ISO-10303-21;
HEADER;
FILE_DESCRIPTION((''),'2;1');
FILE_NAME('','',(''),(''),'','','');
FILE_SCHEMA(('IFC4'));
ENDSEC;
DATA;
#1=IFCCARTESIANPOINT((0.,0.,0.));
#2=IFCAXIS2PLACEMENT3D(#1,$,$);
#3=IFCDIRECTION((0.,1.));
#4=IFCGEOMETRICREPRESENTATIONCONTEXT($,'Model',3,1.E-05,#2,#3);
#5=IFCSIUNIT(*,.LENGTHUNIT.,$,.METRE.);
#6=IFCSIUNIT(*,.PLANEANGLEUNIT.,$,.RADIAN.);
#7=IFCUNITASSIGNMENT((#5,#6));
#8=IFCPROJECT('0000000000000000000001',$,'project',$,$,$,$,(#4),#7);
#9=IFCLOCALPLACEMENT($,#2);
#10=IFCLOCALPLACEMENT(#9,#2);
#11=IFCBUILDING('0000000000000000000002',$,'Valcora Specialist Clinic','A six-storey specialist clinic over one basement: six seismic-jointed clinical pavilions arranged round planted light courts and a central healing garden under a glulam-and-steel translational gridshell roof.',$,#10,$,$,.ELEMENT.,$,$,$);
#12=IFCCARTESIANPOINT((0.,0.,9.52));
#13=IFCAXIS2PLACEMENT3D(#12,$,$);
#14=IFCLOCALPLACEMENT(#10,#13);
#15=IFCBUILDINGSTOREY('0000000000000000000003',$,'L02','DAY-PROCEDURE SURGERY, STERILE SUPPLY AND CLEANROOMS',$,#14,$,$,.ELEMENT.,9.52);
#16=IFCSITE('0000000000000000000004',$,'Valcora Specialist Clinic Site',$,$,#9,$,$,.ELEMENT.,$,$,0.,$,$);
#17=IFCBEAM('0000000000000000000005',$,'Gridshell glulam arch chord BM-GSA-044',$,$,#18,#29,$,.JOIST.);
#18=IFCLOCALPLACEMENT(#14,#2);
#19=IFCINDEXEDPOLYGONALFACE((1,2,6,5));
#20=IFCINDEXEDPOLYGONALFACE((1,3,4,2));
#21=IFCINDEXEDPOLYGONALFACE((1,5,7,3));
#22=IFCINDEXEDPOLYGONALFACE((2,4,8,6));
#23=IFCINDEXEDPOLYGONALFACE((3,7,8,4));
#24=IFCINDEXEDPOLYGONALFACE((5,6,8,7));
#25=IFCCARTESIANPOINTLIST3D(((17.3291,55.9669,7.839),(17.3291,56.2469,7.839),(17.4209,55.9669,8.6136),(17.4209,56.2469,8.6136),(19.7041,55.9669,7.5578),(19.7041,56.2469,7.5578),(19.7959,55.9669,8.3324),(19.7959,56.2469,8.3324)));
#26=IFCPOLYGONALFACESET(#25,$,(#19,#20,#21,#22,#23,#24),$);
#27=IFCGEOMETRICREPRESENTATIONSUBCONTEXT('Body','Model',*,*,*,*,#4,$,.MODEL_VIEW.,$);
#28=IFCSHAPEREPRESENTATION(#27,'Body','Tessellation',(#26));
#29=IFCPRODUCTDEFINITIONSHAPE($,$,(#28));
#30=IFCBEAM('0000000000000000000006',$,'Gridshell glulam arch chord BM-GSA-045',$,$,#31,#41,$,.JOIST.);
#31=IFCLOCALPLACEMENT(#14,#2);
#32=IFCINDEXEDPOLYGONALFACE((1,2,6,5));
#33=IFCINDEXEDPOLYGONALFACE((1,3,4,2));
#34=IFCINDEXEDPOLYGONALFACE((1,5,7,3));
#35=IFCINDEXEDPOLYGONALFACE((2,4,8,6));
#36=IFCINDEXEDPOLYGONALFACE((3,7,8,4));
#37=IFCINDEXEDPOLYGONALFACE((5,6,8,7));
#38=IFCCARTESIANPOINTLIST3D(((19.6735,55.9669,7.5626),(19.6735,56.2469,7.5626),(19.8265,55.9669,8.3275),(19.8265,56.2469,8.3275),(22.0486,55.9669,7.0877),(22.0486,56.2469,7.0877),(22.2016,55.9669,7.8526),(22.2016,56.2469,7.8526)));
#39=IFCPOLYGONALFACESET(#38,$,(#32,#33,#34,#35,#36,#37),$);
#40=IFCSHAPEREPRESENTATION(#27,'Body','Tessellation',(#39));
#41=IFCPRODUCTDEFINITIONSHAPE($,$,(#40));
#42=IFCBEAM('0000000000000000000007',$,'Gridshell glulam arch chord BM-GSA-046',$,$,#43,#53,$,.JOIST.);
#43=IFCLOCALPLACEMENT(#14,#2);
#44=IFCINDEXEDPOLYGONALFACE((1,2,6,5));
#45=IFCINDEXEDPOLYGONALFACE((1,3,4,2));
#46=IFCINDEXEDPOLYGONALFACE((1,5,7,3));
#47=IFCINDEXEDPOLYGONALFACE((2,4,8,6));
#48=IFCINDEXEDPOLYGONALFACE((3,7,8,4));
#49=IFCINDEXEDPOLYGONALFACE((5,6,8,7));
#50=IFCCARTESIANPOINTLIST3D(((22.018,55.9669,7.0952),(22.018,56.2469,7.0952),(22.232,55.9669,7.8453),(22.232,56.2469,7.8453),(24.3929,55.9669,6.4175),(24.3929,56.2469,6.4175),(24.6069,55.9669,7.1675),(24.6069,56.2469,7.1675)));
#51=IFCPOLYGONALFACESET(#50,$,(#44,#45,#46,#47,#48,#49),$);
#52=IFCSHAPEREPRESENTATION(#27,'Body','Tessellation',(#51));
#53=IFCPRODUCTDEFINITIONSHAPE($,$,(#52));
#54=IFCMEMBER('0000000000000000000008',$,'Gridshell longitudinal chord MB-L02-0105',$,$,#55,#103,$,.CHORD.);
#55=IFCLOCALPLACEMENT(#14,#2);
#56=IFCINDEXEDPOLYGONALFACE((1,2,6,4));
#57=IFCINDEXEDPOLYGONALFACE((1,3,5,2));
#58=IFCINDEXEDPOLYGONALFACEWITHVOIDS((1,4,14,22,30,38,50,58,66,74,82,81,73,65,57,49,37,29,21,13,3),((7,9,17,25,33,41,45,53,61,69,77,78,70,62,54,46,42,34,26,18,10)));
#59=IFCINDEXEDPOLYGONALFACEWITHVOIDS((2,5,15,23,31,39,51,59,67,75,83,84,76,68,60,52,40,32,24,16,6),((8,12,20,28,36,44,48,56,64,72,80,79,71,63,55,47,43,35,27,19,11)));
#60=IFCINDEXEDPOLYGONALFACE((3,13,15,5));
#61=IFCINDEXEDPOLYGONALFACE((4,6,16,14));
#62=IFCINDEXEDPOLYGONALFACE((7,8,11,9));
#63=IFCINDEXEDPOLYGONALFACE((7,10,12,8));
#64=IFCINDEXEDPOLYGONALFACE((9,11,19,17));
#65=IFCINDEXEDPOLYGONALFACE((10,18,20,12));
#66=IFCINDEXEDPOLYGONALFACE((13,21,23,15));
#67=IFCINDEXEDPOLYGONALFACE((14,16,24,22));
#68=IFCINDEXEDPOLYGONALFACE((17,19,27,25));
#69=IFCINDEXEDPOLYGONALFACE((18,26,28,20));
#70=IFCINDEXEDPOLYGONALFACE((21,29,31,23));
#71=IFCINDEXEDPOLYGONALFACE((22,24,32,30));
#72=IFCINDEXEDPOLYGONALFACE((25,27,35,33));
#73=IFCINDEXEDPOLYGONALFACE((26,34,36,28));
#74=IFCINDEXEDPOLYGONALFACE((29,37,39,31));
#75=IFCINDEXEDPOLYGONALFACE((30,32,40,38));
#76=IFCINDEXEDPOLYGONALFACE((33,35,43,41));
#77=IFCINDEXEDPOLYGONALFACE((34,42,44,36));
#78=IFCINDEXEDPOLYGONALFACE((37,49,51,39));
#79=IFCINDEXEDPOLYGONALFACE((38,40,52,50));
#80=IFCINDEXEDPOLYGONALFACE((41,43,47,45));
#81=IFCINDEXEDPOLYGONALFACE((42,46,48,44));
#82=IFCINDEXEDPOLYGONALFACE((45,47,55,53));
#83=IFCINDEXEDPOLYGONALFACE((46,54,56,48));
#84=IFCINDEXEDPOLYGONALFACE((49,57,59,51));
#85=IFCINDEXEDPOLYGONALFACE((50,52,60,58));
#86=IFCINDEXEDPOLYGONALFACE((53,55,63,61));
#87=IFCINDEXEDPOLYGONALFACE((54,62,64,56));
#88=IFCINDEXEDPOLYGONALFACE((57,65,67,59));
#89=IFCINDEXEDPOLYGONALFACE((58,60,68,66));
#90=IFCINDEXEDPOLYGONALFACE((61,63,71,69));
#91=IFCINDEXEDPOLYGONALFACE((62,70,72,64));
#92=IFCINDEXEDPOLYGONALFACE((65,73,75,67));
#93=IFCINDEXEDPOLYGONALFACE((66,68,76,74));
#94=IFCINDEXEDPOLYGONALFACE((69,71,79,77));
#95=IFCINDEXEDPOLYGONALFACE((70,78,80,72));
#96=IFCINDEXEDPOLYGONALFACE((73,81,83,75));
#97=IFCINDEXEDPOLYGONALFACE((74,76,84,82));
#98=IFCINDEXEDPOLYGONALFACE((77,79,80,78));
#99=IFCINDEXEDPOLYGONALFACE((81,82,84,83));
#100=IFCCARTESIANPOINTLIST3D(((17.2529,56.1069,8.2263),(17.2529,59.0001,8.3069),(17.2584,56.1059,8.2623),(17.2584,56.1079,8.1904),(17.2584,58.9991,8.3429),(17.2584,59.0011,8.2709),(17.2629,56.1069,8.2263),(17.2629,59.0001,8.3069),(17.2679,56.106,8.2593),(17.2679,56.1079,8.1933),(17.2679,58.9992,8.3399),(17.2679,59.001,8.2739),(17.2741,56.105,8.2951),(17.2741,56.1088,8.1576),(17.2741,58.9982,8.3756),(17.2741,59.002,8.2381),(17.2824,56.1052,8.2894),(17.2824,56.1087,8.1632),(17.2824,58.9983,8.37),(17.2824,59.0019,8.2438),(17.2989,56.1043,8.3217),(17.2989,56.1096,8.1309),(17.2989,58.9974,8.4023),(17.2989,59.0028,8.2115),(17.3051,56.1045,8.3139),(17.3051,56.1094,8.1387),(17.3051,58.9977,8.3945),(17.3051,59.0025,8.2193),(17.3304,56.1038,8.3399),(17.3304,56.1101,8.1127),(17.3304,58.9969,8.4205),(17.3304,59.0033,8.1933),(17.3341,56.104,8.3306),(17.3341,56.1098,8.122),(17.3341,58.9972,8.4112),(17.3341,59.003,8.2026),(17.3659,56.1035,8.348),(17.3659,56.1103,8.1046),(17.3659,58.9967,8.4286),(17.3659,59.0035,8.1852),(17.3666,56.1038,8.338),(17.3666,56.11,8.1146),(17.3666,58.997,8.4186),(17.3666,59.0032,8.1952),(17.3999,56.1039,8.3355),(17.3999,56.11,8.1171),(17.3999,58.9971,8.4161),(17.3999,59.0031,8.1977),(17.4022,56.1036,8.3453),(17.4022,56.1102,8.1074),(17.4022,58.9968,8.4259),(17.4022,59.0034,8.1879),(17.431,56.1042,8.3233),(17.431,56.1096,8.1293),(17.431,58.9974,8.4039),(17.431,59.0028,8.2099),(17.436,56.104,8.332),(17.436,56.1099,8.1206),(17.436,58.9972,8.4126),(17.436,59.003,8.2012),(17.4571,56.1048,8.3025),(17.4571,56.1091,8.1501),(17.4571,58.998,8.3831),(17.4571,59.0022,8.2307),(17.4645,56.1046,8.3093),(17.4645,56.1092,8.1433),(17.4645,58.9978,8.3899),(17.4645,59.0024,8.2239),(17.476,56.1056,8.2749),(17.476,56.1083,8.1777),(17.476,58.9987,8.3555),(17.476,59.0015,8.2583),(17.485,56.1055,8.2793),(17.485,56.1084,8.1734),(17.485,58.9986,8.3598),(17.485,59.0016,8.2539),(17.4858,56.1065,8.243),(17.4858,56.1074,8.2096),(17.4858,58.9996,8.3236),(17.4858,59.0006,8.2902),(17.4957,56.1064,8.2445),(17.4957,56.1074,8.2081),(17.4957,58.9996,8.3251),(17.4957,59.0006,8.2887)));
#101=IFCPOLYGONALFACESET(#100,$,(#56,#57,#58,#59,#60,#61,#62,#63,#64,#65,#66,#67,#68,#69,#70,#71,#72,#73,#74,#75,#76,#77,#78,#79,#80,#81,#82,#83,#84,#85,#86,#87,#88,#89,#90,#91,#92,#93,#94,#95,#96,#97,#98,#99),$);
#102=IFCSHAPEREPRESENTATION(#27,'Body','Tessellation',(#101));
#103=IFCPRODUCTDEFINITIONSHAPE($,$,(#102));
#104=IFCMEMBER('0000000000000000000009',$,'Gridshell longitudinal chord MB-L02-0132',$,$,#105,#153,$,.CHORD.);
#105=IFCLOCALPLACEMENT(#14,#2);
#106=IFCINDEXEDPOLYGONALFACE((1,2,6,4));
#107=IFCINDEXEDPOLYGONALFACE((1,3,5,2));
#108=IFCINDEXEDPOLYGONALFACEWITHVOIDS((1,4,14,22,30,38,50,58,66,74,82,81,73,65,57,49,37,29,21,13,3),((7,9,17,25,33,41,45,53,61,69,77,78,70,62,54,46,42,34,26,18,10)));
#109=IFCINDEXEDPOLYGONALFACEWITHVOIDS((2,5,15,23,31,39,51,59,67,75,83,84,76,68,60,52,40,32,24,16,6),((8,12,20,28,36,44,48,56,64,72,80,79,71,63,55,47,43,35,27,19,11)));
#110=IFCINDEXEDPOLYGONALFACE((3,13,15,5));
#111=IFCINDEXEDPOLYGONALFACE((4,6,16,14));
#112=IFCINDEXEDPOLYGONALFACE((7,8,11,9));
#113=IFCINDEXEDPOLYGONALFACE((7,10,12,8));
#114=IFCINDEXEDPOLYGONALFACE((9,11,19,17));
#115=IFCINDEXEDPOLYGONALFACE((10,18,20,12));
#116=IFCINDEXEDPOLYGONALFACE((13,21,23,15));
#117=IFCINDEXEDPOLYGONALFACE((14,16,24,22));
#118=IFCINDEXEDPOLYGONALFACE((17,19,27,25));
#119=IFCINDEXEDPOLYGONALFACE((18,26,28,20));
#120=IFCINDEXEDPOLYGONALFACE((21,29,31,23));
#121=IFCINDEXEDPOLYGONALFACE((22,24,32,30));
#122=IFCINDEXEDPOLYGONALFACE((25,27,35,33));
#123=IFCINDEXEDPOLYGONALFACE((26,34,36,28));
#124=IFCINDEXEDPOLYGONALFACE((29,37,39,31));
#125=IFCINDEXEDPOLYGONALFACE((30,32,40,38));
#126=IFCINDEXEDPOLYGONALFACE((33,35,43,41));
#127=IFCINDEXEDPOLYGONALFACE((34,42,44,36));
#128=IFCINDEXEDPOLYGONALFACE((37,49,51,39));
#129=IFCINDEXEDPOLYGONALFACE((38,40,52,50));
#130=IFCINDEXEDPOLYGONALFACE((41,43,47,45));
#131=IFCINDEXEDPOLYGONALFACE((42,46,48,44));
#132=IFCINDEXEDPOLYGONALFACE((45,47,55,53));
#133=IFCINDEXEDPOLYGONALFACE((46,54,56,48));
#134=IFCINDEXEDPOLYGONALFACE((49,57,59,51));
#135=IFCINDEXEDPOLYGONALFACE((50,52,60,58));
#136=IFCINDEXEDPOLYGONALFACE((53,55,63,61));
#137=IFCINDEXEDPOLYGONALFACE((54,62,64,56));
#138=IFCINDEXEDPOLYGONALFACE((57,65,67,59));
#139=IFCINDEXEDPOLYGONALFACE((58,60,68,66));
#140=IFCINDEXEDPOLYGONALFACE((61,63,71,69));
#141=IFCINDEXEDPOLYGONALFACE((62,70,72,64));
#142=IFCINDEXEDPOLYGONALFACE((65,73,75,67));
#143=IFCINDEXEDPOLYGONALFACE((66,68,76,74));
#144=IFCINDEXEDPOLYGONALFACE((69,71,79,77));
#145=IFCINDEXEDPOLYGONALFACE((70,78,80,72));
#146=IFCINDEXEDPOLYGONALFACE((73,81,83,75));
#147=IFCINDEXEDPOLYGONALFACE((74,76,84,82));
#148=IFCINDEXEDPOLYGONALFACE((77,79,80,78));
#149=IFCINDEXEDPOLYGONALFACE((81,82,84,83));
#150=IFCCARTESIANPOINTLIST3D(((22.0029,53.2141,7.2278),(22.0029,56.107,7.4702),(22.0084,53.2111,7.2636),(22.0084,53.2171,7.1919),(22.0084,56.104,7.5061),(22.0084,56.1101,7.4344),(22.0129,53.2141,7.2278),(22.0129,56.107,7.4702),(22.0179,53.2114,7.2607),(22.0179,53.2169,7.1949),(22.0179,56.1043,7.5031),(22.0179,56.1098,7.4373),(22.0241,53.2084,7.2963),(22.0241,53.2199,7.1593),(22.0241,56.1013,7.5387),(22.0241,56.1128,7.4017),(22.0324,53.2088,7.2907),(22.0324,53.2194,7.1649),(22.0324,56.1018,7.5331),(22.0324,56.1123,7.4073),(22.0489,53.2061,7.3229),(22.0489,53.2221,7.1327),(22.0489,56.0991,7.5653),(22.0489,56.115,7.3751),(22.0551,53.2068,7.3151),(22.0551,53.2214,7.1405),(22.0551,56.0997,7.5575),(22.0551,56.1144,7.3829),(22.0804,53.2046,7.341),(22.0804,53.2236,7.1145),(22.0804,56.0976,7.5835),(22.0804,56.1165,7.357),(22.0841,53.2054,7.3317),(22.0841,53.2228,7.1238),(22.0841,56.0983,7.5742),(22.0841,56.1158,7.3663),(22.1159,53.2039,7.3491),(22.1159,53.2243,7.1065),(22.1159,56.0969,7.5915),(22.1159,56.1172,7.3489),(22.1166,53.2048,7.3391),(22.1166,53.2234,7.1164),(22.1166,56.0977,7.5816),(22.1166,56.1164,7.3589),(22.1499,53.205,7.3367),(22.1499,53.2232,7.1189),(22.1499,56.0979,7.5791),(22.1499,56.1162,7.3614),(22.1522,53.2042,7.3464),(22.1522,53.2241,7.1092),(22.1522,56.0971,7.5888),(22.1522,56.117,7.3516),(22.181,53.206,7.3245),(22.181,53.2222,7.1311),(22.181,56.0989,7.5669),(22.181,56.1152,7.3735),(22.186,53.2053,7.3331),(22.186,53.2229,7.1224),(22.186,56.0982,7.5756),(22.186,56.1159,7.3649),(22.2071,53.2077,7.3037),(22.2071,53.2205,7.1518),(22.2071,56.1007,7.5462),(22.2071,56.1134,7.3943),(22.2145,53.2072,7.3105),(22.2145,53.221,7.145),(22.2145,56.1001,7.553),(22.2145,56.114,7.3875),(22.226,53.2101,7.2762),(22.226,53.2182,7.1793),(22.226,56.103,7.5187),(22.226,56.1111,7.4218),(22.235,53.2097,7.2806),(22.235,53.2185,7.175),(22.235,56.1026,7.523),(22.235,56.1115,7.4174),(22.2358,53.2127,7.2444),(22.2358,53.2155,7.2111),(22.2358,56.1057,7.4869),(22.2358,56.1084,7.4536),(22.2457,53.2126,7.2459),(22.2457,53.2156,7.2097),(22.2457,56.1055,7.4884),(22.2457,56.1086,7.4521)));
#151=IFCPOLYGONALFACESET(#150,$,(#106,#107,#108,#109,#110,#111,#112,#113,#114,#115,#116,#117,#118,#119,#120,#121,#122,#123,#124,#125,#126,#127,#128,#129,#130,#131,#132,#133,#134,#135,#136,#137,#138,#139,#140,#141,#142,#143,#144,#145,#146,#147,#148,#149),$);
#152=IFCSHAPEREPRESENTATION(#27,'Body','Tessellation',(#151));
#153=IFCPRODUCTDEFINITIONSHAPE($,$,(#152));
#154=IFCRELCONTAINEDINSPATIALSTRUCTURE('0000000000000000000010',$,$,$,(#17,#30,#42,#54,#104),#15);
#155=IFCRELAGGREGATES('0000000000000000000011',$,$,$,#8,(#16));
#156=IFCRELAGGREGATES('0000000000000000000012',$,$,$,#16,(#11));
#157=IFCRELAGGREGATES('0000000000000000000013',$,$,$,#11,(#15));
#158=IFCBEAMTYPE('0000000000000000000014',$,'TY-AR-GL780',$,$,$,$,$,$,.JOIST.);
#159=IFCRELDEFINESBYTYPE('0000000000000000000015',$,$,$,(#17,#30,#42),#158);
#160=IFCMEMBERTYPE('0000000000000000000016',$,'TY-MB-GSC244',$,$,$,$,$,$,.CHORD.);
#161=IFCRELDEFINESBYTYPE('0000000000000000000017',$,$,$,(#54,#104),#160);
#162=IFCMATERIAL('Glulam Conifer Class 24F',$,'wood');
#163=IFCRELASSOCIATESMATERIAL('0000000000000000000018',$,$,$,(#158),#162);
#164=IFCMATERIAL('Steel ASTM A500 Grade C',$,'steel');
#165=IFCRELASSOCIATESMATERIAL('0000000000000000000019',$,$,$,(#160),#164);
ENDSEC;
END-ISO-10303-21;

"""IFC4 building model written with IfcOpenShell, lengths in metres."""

from ifc_helpers import new_model, si_unit, direction, frame, origin, origin_2d, place, context, subcontext, project, spatial, rectangle, hollow_circle, extrude, material, material_profile, profile_set, type_object, element, save


model = new_model("IFC4")

# Units and contexts
model_context = context("Model", 3, precision=1e-05, world=origin(), true_north=direction((0.0, 1.0)))
body_context = subcontext(model_context, "Body", "Model", "MODEL_VIEW")
ifc_project = project(units=[si_unit("LENGTHUNIT", "METRE"), si_unit("PLANEANGLEUNIT", "RADIAN")], contexts=[model_context])

# Site, building, storey
site_placement = place(None, origin())
site = spatial("IfcSite", under=ifc_project, at=site_placement, Name="Valcora Specialist Clinic Site", CompositionType="ELEMENT", RefElevation=0.0)
building_placement = place(site_placement, origin())
building = spatial("IfcBuilding", under=site, at=building_placement, Name="Valcora Specialist Clinic", Description="A six-storey specialist clinic over one basement: six seismic-jointed clinical pavilions arranged round planted light courts and a central healing garden under a glulam-and-steel translational gridshell roof.", CompositionType="ELEMENT")
storey_placement = place(building_placement, frame((0.0, 0.0, 9.52)))
storey = spatial("IfcBuildingStorey", under=building, at=storey_placement, Name="L02", Description="DAY-PROCEDURE SURGERY, STERILE SUPPLY AND CLEANROOMS", CompositionType="ELEMENT", Elevation=9.52)

# Beams
ifc_material_1 = material(Name="Glulam Conifer Class 24F", Category="wood")
ifc_material_profile_1 = material_profile(ifc_material_1, rectangle(XDim=0.28, YDim=0.78, at=origin_2d()), Name="GL-ARC-280X780")
ifc_profile_set_1 = profile_set([ifc_material_profile_1], Name="Glulam Conifer Class 24F")
beam_type = type_object("IfcBeamType", Name="TY-AR-GL780", PredefinedType="JOIST", material=ifc_profile_set_1)
beam_1_placement = place(storey_placement, frame((17.375, 56.1069, 8.2263), z_axis=(0.993061, 0.0, -0.117599), x_axis=(0.0, 1.0, 0.0)))
element("IfcBeam", 1, at=beam_1_placement, inside=storey, type_object=beam_type, Name="Gridshell glulam arch chord BM-GSA-044", PredefinedType="JOIST", context=body_context, shape_type="SweptSolid", body=[
    extrude(rectangle(XDim=0.28, YDim=0.78, at=origin_2d()), origin(), (0.0, 0.0, 1.0), 2.3916),
])
beam_2_placement = place(storey_placement, frame((19.75, 56.1069, 7.9451), z_axis=(0.980592, 0.0, -0.196058), x_axis=(0.0, 1.0, 0.0)))
element("IfcBeam", 2, at=beam_2_placement, inside=storey, type_object=beam_type, Name="Gridshell glulam arch chord BM-GSA-045", PredefinedType="JOIST", context=body_context, shape_type="SweptSolid", body=[
    extrude(rectangle(XDim=0.28, YDim=0.78, at=origin_2d()), origin(), (0.0, 0.0, 1.0), 2.4221),
])
beam_3_placement = place(storey_placement, frame((22.125, 56.1069, 7.4702), z_axis=(0.961613, 0.0, -0.274408), x_axis=(0.0, 1.0, 0.0)))
element("IfcBeam", 3, at=beam_3_placement, inside=storey, type_object=beam_type, Name="Gridshell glulam arch chord BM-GSA-046", PredefinedType="JOIST", context=body_context, shape_type="SweptSolid", body=[
    extrude(rectangle(XDim=0.28, YDim=0.78, at=origin_2d()), origin(), (0.0, 0.0, 1.0), 2.4697),
])

# Members
ifc_material_2 = material(Name="Steel ASTM A500 Grade C", Category="steel")
ifc_material_profile_2 = material_profile(ifc_material_2, hollow_circle(Radius=0.1221, WallThickness=0.01, at=origin_2d()), Name="ST-CHS-244X10")
ifc_profile_set_2 = profile_set([ifc_material_profile_2], Name="Steel ASTM A500 Grade C")
member_type_1 = type_object("IfcMemberType", Name="TY-MB-GSC244", PredefinedType="CHORD", material=ifc_profile_set_2)
member_1_placement = place(storey_placement, frame((17.375, 56.1069, 8.2263), z_axis=(0.0, 0.999612, 0.027837), x_axis=(-1.0, 0.0, 0.0)))
element("IfcMember", 4, at=member_1_placement, inside=storey, type_object=member_type_1, Name="Gridshell longitudinal chord MB-L02-0105", PredefinedType="CHORD", context=body_context, shape_type="SweptSolid", body=[
    extrude(hollow_circle(Radius=0.1221, WallThickness=0.01, at=origin_2d()), origin(), (0.0, 0.0, 1.0), 2.8943),
])
member_2_placement = place(storey_placement, frame((22.125, 53.2141, 7.2278), z_axis=(0.0, 0.996507, 0.083512), x_axis=(-1.0, 0.0, 0.0)))
element("IfcMember", 5, at=member_2_placement, inside=storey, type_object=member_type_1, Name="Gridshell longitudinal chord MB-L02-0132", PredefinedType="CHORD", context=body_context, shape_type="SweptSolid", body=[
    extrude(hollow_circle(Radius=0.1221, WallThickness=0.01, at=origin_2d()), origin(), (0.0, 0.0, 1.0), 2.9031),
])

save(model, "model.ifc")
